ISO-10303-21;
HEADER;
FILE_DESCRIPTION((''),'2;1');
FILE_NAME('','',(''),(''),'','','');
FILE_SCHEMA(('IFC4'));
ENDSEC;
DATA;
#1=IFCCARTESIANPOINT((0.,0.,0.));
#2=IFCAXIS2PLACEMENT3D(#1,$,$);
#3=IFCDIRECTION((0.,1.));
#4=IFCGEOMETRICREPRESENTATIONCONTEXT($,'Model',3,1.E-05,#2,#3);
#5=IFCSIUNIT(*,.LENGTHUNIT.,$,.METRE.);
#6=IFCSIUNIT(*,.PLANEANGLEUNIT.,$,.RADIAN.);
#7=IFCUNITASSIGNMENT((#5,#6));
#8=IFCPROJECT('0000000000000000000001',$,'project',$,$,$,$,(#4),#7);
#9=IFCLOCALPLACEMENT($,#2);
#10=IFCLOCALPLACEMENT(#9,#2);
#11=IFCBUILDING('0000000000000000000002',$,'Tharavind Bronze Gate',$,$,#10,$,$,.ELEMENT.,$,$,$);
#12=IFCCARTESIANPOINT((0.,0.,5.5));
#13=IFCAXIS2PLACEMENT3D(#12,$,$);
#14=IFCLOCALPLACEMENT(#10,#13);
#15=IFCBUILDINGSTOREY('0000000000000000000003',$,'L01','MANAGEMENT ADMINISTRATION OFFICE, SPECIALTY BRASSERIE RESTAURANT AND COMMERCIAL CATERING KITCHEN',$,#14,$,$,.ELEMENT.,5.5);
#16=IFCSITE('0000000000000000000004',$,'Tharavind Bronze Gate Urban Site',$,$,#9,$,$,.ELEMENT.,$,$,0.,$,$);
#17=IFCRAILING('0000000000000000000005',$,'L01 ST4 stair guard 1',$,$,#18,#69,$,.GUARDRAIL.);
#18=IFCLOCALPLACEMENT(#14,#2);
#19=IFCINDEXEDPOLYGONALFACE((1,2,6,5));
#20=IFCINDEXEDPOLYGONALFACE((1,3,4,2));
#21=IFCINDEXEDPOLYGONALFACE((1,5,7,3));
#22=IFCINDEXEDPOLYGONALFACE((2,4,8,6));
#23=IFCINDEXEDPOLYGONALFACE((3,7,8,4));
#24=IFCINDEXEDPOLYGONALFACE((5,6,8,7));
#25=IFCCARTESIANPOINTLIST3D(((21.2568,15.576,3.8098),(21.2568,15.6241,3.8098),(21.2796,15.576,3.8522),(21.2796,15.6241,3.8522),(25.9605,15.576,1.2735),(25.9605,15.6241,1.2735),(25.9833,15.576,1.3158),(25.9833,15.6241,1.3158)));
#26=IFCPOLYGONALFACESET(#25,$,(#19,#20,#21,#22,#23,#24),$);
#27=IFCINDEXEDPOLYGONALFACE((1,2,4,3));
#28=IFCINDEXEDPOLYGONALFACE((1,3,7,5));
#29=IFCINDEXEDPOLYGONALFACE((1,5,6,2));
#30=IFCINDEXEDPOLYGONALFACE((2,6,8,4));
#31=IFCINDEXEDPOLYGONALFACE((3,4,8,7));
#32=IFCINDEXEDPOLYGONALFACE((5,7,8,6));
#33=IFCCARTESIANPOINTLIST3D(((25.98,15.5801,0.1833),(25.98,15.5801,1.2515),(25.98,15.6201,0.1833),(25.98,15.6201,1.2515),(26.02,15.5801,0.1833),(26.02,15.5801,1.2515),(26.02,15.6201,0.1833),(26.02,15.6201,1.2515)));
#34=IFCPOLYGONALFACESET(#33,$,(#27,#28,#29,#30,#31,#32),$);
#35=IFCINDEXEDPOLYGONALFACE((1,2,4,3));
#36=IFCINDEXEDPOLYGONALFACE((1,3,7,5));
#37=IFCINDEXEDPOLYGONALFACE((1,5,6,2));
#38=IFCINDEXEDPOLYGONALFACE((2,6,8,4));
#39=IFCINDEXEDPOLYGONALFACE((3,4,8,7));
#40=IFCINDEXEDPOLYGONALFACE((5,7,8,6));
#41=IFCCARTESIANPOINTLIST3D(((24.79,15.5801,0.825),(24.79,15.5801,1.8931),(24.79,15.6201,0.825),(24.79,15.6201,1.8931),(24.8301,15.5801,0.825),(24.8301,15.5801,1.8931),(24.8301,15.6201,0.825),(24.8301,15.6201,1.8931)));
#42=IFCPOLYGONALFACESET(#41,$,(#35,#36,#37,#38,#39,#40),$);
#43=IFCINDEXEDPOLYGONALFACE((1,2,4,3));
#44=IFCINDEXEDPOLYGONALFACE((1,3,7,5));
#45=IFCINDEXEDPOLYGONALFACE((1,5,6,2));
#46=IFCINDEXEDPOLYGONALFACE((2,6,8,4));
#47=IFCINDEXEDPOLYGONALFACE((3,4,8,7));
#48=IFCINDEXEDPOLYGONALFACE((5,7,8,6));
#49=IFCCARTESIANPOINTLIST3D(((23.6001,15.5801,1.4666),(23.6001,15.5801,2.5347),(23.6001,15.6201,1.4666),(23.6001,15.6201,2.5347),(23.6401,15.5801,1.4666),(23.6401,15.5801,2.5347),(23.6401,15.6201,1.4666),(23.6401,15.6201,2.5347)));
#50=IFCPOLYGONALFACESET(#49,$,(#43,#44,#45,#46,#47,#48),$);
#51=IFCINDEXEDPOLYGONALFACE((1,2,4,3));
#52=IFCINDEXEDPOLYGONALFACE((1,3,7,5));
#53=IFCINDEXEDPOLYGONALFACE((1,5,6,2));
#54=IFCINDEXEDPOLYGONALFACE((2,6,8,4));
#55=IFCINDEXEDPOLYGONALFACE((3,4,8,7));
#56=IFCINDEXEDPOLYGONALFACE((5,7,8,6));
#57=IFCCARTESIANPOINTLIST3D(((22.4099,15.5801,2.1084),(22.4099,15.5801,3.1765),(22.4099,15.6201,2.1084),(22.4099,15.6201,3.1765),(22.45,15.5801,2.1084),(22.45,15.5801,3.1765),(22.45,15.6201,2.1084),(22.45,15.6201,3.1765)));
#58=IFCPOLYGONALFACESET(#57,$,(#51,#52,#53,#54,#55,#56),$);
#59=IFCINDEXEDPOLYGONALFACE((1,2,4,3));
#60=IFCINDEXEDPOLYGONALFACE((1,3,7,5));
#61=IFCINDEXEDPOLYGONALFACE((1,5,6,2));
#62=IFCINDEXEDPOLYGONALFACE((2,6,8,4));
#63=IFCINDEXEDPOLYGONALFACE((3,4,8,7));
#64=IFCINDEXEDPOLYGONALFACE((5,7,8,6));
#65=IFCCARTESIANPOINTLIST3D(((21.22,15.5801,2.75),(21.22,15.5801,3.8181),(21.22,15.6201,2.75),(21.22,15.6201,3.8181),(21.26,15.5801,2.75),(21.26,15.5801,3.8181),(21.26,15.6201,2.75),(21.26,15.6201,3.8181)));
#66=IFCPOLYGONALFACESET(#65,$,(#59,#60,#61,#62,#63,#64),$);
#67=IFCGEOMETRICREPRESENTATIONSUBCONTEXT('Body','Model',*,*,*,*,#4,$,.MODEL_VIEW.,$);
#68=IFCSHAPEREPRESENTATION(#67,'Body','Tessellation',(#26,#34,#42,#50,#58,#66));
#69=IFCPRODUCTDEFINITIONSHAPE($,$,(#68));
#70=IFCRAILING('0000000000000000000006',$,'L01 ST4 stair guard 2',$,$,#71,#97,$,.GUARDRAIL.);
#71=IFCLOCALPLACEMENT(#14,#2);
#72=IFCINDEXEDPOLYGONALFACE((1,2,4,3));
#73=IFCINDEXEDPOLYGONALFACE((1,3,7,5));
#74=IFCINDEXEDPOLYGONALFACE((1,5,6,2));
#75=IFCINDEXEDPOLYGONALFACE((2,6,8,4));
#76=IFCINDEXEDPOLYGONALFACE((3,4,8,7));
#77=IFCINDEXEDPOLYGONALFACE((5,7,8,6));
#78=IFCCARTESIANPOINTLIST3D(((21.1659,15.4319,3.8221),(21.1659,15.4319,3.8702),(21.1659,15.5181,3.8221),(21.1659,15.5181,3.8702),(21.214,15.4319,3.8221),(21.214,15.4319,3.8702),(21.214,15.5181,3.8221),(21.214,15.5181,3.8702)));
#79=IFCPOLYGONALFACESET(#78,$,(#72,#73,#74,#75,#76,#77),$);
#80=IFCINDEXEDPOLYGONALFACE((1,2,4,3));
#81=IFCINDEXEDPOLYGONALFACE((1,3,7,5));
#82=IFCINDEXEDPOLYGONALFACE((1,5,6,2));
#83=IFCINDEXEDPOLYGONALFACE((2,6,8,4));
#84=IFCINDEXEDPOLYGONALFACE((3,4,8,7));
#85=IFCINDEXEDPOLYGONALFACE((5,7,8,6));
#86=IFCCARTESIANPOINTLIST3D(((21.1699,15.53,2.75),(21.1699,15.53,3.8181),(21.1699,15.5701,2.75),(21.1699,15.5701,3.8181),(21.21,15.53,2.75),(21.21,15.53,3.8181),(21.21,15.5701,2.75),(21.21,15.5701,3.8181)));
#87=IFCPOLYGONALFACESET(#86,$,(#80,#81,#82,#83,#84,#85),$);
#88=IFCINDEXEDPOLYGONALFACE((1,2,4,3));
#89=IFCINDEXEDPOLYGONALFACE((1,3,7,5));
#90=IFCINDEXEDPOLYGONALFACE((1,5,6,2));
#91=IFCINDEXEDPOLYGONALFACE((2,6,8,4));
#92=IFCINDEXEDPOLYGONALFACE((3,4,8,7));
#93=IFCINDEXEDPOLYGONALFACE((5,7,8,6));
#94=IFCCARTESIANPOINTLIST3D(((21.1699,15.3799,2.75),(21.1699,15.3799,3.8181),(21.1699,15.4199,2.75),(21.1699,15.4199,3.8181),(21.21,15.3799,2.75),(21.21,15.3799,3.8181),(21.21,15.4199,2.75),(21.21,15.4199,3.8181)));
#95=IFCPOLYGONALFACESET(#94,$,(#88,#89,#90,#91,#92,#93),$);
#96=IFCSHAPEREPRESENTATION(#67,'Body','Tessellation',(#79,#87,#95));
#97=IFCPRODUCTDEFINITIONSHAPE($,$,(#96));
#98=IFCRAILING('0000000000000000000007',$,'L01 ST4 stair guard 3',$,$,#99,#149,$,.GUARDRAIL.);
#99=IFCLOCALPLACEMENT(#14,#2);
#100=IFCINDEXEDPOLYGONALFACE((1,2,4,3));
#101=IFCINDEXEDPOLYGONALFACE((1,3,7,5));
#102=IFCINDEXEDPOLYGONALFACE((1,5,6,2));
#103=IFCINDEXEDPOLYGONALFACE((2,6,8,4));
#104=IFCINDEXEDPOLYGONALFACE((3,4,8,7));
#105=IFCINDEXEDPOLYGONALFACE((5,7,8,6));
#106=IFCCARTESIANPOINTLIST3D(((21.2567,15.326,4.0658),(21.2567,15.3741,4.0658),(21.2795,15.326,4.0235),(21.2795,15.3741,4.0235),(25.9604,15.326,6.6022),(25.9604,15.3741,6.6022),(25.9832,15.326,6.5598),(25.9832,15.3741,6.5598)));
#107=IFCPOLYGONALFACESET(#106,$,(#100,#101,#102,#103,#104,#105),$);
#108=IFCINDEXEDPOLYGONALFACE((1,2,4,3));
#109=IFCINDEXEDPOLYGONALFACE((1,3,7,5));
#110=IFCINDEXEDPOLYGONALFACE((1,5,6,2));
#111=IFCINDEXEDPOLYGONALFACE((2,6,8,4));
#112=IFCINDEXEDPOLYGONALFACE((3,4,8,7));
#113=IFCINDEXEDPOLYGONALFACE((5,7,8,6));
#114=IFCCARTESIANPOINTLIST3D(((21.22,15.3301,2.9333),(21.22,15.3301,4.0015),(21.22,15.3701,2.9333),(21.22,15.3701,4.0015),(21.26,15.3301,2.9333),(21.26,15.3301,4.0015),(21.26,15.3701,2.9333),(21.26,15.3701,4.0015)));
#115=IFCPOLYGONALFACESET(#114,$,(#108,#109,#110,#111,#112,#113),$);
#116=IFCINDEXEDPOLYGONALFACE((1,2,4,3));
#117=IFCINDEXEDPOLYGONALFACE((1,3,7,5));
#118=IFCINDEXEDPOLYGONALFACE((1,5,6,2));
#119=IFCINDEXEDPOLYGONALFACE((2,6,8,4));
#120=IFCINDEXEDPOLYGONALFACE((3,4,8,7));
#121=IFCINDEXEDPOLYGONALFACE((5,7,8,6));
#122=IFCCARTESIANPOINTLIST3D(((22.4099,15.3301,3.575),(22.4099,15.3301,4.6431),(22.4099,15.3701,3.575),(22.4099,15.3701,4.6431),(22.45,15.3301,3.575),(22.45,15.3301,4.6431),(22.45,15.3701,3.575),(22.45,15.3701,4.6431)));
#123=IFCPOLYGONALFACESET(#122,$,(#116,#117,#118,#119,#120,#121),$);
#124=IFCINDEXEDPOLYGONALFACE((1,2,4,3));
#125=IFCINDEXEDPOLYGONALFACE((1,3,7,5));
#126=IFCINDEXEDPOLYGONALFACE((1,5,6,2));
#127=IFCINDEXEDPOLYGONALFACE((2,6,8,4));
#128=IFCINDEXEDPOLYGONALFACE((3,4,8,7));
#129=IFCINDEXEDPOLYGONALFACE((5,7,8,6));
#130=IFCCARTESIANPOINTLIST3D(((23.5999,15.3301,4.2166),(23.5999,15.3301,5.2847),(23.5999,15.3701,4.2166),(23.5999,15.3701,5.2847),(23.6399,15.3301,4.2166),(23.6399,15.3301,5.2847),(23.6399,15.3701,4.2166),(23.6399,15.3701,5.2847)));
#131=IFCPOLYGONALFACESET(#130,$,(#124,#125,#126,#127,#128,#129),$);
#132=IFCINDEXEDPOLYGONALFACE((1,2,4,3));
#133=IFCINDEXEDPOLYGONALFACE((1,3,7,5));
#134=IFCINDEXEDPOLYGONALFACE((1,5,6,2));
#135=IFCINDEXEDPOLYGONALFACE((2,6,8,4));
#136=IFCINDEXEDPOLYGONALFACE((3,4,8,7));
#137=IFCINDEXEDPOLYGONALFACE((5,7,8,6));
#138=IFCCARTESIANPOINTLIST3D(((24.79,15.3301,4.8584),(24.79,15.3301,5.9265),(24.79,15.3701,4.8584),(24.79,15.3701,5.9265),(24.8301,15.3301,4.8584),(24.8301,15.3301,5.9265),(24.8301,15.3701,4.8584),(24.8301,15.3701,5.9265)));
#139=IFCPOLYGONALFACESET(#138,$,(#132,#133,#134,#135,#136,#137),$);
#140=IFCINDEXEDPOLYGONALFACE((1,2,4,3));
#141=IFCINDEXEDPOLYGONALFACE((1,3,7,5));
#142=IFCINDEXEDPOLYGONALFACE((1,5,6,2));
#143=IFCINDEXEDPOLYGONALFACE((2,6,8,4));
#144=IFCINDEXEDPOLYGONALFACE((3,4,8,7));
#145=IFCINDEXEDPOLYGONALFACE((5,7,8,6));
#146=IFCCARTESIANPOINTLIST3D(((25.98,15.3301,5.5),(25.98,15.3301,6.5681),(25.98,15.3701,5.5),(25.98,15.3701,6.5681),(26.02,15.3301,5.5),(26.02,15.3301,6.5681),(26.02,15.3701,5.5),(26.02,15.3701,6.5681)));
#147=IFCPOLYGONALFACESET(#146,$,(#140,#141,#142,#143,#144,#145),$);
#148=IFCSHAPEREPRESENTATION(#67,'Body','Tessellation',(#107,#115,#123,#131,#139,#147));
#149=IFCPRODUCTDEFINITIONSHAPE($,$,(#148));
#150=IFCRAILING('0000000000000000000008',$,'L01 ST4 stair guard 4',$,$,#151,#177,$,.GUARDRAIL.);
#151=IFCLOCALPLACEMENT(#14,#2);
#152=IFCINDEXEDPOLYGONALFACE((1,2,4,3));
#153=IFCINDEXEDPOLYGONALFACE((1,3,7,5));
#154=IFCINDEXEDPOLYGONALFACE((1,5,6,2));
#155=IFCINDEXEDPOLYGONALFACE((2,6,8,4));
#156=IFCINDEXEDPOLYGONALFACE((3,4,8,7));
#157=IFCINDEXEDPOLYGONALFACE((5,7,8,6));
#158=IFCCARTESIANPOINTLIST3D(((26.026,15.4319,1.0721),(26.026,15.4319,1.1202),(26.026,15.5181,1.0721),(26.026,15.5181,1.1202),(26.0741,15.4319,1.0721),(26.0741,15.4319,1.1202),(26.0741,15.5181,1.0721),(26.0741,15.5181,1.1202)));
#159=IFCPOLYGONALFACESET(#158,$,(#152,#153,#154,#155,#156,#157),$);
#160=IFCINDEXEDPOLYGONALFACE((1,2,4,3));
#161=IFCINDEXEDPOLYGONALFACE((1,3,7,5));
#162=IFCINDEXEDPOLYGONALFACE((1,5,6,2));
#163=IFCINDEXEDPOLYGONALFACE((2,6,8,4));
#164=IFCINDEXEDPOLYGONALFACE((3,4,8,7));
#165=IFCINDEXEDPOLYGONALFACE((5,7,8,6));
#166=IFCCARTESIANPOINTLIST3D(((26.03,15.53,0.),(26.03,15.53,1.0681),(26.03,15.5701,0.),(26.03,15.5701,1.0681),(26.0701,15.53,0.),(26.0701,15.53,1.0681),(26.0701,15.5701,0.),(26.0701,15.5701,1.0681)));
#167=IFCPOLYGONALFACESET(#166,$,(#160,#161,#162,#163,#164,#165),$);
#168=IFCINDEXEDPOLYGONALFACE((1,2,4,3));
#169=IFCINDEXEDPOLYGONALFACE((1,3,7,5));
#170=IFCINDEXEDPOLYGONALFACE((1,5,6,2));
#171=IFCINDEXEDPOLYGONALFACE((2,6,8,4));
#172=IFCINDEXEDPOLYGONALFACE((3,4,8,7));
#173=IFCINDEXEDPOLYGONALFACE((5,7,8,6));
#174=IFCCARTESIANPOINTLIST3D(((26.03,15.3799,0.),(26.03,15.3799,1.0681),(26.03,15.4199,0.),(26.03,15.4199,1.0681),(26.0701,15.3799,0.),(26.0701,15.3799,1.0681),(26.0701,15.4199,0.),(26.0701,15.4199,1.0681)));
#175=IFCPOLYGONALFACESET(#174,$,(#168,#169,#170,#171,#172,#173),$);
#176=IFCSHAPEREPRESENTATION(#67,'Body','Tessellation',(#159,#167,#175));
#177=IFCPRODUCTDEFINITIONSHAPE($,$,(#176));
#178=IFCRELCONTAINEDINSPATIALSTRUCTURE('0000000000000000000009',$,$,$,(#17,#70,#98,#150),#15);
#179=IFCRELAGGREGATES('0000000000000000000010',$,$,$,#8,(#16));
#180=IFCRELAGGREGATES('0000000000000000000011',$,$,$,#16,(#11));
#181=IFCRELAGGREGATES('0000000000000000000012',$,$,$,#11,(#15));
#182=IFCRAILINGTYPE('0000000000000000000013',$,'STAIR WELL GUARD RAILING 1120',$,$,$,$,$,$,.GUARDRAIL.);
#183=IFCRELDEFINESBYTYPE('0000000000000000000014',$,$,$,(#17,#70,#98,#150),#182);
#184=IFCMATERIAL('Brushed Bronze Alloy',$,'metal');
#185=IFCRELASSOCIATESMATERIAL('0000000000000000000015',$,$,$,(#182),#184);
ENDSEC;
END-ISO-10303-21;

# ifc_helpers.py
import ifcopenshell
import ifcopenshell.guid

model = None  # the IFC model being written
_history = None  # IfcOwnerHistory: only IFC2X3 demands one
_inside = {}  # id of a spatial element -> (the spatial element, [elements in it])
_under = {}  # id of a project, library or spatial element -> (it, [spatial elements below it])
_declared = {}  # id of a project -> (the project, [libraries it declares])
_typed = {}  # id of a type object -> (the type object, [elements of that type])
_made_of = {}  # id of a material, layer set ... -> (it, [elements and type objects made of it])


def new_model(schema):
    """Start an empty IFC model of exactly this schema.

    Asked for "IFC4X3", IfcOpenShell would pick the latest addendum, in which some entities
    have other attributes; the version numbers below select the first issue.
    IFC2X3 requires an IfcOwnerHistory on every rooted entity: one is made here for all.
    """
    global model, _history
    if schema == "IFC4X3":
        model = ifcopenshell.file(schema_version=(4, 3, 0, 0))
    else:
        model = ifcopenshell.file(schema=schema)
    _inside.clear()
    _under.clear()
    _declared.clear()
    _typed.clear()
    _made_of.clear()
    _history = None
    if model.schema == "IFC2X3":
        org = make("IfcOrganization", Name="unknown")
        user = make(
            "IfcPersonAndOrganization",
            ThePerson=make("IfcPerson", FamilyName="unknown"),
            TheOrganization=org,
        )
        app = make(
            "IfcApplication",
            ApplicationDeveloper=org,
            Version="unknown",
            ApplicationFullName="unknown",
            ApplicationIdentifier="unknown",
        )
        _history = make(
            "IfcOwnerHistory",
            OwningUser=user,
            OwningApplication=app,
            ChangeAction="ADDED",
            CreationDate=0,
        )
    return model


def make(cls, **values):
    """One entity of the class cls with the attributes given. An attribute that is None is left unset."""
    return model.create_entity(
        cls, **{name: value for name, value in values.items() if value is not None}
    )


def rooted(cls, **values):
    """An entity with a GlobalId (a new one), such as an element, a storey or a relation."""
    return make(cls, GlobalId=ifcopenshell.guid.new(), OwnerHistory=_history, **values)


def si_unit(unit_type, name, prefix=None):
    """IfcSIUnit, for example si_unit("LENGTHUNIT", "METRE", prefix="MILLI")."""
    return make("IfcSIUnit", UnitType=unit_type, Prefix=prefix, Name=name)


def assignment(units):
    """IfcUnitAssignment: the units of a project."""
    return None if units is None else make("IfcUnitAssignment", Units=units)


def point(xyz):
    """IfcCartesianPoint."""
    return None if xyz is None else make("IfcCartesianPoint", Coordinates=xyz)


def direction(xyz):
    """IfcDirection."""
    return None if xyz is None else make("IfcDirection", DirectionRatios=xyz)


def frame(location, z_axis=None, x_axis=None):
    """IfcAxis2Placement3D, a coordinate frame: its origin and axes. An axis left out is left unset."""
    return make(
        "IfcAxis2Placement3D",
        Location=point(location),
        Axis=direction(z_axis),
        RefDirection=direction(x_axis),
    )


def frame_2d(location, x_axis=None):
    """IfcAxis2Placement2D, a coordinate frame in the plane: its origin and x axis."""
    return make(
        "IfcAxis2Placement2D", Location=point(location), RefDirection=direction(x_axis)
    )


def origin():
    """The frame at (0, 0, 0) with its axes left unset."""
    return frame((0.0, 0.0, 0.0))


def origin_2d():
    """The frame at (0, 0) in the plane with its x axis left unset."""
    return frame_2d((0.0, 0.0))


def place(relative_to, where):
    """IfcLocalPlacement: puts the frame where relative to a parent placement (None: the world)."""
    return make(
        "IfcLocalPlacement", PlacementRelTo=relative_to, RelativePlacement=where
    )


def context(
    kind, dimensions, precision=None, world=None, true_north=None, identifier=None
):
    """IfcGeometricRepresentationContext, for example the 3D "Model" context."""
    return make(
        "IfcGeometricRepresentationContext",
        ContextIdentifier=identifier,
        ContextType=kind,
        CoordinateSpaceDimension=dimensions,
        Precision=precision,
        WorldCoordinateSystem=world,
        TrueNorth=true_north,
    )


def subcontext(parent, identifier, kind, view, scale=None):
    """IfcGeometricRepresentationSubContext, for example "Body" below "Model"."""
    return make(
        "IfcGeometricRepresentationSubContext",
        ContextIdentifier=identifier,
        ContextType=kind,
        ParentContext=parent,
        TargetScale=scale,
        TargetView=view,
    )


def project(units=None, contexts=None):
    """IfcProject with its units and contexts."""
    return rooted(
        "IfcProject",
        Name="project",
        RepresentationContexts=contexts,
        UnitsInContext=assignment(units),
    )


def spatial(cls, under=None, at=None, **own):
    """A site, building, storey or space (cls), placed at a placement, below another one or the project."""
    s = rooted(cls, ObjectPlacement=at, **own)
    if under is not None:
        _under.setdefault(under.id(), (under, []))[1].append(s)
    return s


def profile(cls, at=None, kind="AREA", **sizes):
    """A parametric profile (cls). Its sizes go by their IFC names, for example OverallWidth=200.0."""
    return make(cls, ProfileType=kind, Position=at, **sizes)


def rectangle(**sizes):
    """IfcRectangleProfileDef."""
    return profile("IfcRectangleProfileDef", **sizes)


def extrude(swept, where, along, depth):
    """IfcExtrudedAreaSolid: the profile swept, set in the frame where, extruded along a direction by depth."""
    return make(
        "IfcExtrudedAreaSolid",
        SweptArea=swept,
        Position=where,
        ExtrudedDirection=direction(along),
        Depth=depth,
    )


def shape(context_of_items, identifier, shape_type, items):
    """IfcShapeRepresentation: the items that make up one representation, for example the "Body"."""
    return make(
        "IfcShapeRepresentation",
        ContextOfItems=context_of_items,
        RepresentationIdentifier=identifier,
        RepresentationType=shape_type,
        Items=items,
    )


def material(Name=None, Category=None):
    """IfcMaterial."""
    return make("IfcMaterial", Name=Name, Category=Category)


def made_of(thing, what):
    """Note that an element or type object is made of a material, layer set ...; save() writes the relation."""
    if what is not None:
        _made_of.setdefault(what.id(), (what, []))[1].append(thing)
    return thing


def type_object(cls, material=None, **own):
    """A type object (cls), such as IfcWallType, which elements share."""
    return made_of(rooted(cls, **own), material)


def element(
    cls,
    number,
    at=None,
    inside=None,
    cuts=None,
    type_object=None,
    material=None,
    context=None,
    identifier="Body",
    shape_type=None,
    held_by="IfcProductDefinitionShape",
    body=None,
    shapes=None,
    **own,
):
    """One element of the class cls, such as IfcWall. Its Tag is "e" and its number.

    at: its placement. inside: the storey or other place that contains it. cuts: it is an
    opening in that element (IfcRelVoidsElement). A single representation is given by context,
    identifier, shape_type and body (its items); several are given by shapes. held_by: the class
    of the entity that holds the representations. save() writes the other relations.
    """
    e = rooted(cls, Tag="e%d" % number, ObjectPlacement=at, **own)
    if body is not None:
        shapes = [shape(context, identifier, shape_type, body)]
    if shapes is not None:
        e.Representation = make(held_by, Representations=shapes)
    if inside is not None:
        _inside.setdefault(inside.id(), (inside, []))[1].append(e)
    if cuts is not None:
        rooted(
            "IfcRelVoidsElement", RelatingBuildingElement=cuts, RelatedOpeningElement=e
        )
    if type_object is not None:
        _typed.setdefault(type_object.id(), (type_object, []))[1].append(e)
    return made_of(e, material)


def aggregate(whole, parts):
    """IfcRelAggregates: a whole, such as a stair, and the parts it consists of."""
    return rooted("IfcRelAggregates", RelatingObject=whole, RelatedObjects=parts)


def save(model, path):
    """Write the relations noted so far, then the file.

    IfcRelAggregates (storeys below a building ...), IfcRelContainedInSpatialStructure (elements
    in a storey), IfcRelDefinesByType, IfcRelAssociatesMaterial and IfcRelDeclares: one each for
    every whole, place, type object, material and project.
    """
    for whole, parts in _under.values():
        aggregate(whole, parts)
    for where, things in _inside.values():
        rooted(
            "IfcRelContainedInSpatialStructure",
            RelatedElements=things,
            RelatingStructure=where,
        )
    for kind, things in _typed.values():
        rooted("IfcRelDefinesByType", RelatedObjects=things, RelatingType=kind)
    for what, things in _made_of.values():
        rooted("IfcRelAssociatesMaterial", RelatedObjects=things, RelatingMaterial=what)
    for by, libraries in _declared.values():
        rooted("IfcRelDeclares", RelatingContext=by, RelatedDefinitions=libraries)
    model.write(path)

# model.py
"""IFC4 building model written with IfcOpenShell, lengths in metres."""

from ifc_helpers import new_model, si_unit, direction, frame, origin, origin_2d, place, context, subcontext, project, spatial, rectangle, extrude, material, type_object, element, save


model = new_model("IFC4")

# Units and contexts
model_context = context("Model", 3, precision=1e-05, world=origin(), true_north=direction((0.0, 1.0)))
body_context = subcontext(model_context, "Body", "Model", "MODEL_VIEW")
ifc_project = project(units=[si_unit("LENGTHUNIT", "METRE"), si_unit("PLANEANGLEUNIT", "RADIAN")], contexts=[model_context])

# Site, building, storey
site_placement = place(None, origin())
site = spatial("IfcSite", under=ifc_project, at=site_placement, Name="Tharavind Bronze Gate Urban Site", CompositionType="ELEMENT", RefElevation=0.0)
building_placement = place(site_placement, origin())
building = spatial("IfcBuilding", under=site, at=building_placement, Name="Tharavind Bronze Gate", CompositionType="ELEMENT")
storey_placement = place(building_placement, frame((0.0, 0.0, 5.5)))
storey = spatial("IfcBuildingStorey", under=building, at=storey_placement, Name="L01", Description="MANAGEMENT ADMINISTRATION OFFICE, SPECIALTY BRASSERIE RESTAURANT AND COMMERCIAL CATERING KITCHEN", CompositionType="ELEMENT", Elevation=5.5)

# Railings
ifc_material_1 = material(Name="Brushed Bronze Alloy", Category="metal")
railing_type_1 = type_object("IfcRailingType", Name="STAIR WELL GUARD RAILING 1120", PredefinedType="GUARDRAIL", material=ifc_material_1)
railing_1_placement = place(storey_placement, frame((26.0, 15.6001, 0.1833)))
element("IfcRailing", 1, at=railing_1_placement, inside=storey, type_object=railing_type_1, Name="L01 ST4 stair guard 1", PredefinedType="GUARDRAIL", context=body_context, shape_type="SweptSolid", body=[
    extrude(rectangle(XDim=0.0481, YDim=0.0481, at=origin_2d()), frame((-0.0281, 0.0, 1.1113), z_axis=(-0.880196, 0.0, 0.474611), x_axis=(0.0, -1.0, 0.0)), (0.0, 0.0, 1.0), 5.344),
    extrude(rectangle(XDim=0.04, YDim=0.04, at=origin_2d()), origin(), (0.0, 0.0, 1.0), 1.0681),
    extrude(rectangle(XDim=0.04, YDim=0.04, at=origin_2d()), frame((-1.1899, 0.0, 0.6416)), (0.0, 0.0, 1.0), 1.0681),
    extrude(rectangle(XDim=0.04, YDim=0.04, at=origin_2d()), frame((-2.3799, 0.0, 1.2832)), (0.0, 0.0, 1.0), 1.0681),
    extrude(rectangle(XDim=0.04, YDim=0.04, at=origin_2d()), frame((-3.5701, 0.0, 1.925)), (0.0, 0.0, 1.0), 1.0681),
    extrude(rectangle(XDim=0.04, YDim=0.04, at=origin_2d()), frame((-4.76, 0.0, 2.5667)), (0.0, 0.0, 1.0), 1.0681),
])
railing_2_placement = place(storey_placement, frame((21.1899, 15.55, 2.75)))
element("IfcRailing", 2, at=railing_2_placement, inside=storey, type_object=railing_type_1, Name="L01 ST4 stair guard 2", PredefinedType="GUARDRAIL", context=body_context, shape_type="SweptSolid", body=[
    extrude(rectangle(XDim=0.0481, YDim=0.0481, at=origin_2d()), frame((0.0, -0.032, 1.0962), z_axis=(0.0, -1.0, 0.0), x_axis=(1.0, 0.0, 0.0)), (0.0, 0.0, 1.0), 0.0862),
    extrude(rectangle(XDim=0.04, YDim=0.04, at=origin_2d()), origin(), (0.0, 0.0, 1.0), 1.0681),
    extrude(rectangle(XDim=0.04, YDim=0.04, at=origin_2d()), frame((0.0, -0.1501, 0.0)), (0.0, 0.0, 1.0), 1.0681),
])
railing_3_placement = place(storey_placement, frame((21.24, 15.3501, 2.9333)))
element("IfcRailing", 3, at=railing_3_placement, inside=storey, type_object=railing_type_1, Name="L01 ST4 stair guard 3", PredefinedType="GUARDRAIL", context=body_context, shape_type="SweptSolid", body=[
    extrude(rectangle(XDim=0.0481, YDim=0.0481, at=origin_2d()), frame((0.0281, 0.0, 1.1113), z_axis=(0.880196, 0.0, 0.474611), x_axis=(0.0, 1.0, 0.0)), (0.0, 0.0, 1.0), 5.344),
    extrude(rectangle(XDim=0.04, YDim=0.04, at=origin_2d()), origin(), (0.0, 0.0, 1.0), 1.0681),
    extrude(rectangle(XDim=0.04, YDim=0.04, at=origin_2d()), frame((1.1899, 0.0, 0.6416)), (0.0, 0.0, 1.0), 1.0681),
    extrude(rectangle(XDim=0.04, YDim=0.04, at=origin_2d()), frame((2.3799, 0.0, 1.2832)), (0.0, 0.0, 1.0), 1.0681),
    extrude(rectangle(XDim=0.04, YDim=0.04, at=origin_2d()), frame((3.5701, 0.0, 1.925)), (0.0, 0.0, 1.0), 1.0681),
    extrude(rectangle(XDim=0.04, YDim=0.04, at=origin_2d()), frame((4.76, 0.0, 2.5667)), (0.0, 0.0, 1.0), 1.0681),
])
railing_4_placement = place(storey_placement, frame((26.05, 15.55, 0.0)))
element("IfcRailing", 4, at=railing_4_placement, inside=storey, type_object=railing_type_1, Name="L01 ST4 stair guard 4", PredefinedType="GUARDRAIL", context=body_context, shape_type="SweptSolid", body=[
    extrude(rectangle(XDim=0.0481, YDim=0.0481, at=origin_2d()), frame((0.0, -0.032, 1.0962), z_axis=(0.0, -1.0, 0.0), x_axis=(1.0, 0.0, 0.0)), (0.0, 0.0, 1.0), 0.0862),
    extrude(rectangle(XDim=0.04, YDim=0.04, at=origin_2d()), origin(), (0.0, 0.0, 1.0), 1.0681),
    extrude(rectangle(XDim=0.04, YDim=0.04, at=origin_2d()), frame((0.0, -0.1501, 0.0)), (0.0, 0.0, 1.0), 1.0681),
])

save(model, "model.ifc")
